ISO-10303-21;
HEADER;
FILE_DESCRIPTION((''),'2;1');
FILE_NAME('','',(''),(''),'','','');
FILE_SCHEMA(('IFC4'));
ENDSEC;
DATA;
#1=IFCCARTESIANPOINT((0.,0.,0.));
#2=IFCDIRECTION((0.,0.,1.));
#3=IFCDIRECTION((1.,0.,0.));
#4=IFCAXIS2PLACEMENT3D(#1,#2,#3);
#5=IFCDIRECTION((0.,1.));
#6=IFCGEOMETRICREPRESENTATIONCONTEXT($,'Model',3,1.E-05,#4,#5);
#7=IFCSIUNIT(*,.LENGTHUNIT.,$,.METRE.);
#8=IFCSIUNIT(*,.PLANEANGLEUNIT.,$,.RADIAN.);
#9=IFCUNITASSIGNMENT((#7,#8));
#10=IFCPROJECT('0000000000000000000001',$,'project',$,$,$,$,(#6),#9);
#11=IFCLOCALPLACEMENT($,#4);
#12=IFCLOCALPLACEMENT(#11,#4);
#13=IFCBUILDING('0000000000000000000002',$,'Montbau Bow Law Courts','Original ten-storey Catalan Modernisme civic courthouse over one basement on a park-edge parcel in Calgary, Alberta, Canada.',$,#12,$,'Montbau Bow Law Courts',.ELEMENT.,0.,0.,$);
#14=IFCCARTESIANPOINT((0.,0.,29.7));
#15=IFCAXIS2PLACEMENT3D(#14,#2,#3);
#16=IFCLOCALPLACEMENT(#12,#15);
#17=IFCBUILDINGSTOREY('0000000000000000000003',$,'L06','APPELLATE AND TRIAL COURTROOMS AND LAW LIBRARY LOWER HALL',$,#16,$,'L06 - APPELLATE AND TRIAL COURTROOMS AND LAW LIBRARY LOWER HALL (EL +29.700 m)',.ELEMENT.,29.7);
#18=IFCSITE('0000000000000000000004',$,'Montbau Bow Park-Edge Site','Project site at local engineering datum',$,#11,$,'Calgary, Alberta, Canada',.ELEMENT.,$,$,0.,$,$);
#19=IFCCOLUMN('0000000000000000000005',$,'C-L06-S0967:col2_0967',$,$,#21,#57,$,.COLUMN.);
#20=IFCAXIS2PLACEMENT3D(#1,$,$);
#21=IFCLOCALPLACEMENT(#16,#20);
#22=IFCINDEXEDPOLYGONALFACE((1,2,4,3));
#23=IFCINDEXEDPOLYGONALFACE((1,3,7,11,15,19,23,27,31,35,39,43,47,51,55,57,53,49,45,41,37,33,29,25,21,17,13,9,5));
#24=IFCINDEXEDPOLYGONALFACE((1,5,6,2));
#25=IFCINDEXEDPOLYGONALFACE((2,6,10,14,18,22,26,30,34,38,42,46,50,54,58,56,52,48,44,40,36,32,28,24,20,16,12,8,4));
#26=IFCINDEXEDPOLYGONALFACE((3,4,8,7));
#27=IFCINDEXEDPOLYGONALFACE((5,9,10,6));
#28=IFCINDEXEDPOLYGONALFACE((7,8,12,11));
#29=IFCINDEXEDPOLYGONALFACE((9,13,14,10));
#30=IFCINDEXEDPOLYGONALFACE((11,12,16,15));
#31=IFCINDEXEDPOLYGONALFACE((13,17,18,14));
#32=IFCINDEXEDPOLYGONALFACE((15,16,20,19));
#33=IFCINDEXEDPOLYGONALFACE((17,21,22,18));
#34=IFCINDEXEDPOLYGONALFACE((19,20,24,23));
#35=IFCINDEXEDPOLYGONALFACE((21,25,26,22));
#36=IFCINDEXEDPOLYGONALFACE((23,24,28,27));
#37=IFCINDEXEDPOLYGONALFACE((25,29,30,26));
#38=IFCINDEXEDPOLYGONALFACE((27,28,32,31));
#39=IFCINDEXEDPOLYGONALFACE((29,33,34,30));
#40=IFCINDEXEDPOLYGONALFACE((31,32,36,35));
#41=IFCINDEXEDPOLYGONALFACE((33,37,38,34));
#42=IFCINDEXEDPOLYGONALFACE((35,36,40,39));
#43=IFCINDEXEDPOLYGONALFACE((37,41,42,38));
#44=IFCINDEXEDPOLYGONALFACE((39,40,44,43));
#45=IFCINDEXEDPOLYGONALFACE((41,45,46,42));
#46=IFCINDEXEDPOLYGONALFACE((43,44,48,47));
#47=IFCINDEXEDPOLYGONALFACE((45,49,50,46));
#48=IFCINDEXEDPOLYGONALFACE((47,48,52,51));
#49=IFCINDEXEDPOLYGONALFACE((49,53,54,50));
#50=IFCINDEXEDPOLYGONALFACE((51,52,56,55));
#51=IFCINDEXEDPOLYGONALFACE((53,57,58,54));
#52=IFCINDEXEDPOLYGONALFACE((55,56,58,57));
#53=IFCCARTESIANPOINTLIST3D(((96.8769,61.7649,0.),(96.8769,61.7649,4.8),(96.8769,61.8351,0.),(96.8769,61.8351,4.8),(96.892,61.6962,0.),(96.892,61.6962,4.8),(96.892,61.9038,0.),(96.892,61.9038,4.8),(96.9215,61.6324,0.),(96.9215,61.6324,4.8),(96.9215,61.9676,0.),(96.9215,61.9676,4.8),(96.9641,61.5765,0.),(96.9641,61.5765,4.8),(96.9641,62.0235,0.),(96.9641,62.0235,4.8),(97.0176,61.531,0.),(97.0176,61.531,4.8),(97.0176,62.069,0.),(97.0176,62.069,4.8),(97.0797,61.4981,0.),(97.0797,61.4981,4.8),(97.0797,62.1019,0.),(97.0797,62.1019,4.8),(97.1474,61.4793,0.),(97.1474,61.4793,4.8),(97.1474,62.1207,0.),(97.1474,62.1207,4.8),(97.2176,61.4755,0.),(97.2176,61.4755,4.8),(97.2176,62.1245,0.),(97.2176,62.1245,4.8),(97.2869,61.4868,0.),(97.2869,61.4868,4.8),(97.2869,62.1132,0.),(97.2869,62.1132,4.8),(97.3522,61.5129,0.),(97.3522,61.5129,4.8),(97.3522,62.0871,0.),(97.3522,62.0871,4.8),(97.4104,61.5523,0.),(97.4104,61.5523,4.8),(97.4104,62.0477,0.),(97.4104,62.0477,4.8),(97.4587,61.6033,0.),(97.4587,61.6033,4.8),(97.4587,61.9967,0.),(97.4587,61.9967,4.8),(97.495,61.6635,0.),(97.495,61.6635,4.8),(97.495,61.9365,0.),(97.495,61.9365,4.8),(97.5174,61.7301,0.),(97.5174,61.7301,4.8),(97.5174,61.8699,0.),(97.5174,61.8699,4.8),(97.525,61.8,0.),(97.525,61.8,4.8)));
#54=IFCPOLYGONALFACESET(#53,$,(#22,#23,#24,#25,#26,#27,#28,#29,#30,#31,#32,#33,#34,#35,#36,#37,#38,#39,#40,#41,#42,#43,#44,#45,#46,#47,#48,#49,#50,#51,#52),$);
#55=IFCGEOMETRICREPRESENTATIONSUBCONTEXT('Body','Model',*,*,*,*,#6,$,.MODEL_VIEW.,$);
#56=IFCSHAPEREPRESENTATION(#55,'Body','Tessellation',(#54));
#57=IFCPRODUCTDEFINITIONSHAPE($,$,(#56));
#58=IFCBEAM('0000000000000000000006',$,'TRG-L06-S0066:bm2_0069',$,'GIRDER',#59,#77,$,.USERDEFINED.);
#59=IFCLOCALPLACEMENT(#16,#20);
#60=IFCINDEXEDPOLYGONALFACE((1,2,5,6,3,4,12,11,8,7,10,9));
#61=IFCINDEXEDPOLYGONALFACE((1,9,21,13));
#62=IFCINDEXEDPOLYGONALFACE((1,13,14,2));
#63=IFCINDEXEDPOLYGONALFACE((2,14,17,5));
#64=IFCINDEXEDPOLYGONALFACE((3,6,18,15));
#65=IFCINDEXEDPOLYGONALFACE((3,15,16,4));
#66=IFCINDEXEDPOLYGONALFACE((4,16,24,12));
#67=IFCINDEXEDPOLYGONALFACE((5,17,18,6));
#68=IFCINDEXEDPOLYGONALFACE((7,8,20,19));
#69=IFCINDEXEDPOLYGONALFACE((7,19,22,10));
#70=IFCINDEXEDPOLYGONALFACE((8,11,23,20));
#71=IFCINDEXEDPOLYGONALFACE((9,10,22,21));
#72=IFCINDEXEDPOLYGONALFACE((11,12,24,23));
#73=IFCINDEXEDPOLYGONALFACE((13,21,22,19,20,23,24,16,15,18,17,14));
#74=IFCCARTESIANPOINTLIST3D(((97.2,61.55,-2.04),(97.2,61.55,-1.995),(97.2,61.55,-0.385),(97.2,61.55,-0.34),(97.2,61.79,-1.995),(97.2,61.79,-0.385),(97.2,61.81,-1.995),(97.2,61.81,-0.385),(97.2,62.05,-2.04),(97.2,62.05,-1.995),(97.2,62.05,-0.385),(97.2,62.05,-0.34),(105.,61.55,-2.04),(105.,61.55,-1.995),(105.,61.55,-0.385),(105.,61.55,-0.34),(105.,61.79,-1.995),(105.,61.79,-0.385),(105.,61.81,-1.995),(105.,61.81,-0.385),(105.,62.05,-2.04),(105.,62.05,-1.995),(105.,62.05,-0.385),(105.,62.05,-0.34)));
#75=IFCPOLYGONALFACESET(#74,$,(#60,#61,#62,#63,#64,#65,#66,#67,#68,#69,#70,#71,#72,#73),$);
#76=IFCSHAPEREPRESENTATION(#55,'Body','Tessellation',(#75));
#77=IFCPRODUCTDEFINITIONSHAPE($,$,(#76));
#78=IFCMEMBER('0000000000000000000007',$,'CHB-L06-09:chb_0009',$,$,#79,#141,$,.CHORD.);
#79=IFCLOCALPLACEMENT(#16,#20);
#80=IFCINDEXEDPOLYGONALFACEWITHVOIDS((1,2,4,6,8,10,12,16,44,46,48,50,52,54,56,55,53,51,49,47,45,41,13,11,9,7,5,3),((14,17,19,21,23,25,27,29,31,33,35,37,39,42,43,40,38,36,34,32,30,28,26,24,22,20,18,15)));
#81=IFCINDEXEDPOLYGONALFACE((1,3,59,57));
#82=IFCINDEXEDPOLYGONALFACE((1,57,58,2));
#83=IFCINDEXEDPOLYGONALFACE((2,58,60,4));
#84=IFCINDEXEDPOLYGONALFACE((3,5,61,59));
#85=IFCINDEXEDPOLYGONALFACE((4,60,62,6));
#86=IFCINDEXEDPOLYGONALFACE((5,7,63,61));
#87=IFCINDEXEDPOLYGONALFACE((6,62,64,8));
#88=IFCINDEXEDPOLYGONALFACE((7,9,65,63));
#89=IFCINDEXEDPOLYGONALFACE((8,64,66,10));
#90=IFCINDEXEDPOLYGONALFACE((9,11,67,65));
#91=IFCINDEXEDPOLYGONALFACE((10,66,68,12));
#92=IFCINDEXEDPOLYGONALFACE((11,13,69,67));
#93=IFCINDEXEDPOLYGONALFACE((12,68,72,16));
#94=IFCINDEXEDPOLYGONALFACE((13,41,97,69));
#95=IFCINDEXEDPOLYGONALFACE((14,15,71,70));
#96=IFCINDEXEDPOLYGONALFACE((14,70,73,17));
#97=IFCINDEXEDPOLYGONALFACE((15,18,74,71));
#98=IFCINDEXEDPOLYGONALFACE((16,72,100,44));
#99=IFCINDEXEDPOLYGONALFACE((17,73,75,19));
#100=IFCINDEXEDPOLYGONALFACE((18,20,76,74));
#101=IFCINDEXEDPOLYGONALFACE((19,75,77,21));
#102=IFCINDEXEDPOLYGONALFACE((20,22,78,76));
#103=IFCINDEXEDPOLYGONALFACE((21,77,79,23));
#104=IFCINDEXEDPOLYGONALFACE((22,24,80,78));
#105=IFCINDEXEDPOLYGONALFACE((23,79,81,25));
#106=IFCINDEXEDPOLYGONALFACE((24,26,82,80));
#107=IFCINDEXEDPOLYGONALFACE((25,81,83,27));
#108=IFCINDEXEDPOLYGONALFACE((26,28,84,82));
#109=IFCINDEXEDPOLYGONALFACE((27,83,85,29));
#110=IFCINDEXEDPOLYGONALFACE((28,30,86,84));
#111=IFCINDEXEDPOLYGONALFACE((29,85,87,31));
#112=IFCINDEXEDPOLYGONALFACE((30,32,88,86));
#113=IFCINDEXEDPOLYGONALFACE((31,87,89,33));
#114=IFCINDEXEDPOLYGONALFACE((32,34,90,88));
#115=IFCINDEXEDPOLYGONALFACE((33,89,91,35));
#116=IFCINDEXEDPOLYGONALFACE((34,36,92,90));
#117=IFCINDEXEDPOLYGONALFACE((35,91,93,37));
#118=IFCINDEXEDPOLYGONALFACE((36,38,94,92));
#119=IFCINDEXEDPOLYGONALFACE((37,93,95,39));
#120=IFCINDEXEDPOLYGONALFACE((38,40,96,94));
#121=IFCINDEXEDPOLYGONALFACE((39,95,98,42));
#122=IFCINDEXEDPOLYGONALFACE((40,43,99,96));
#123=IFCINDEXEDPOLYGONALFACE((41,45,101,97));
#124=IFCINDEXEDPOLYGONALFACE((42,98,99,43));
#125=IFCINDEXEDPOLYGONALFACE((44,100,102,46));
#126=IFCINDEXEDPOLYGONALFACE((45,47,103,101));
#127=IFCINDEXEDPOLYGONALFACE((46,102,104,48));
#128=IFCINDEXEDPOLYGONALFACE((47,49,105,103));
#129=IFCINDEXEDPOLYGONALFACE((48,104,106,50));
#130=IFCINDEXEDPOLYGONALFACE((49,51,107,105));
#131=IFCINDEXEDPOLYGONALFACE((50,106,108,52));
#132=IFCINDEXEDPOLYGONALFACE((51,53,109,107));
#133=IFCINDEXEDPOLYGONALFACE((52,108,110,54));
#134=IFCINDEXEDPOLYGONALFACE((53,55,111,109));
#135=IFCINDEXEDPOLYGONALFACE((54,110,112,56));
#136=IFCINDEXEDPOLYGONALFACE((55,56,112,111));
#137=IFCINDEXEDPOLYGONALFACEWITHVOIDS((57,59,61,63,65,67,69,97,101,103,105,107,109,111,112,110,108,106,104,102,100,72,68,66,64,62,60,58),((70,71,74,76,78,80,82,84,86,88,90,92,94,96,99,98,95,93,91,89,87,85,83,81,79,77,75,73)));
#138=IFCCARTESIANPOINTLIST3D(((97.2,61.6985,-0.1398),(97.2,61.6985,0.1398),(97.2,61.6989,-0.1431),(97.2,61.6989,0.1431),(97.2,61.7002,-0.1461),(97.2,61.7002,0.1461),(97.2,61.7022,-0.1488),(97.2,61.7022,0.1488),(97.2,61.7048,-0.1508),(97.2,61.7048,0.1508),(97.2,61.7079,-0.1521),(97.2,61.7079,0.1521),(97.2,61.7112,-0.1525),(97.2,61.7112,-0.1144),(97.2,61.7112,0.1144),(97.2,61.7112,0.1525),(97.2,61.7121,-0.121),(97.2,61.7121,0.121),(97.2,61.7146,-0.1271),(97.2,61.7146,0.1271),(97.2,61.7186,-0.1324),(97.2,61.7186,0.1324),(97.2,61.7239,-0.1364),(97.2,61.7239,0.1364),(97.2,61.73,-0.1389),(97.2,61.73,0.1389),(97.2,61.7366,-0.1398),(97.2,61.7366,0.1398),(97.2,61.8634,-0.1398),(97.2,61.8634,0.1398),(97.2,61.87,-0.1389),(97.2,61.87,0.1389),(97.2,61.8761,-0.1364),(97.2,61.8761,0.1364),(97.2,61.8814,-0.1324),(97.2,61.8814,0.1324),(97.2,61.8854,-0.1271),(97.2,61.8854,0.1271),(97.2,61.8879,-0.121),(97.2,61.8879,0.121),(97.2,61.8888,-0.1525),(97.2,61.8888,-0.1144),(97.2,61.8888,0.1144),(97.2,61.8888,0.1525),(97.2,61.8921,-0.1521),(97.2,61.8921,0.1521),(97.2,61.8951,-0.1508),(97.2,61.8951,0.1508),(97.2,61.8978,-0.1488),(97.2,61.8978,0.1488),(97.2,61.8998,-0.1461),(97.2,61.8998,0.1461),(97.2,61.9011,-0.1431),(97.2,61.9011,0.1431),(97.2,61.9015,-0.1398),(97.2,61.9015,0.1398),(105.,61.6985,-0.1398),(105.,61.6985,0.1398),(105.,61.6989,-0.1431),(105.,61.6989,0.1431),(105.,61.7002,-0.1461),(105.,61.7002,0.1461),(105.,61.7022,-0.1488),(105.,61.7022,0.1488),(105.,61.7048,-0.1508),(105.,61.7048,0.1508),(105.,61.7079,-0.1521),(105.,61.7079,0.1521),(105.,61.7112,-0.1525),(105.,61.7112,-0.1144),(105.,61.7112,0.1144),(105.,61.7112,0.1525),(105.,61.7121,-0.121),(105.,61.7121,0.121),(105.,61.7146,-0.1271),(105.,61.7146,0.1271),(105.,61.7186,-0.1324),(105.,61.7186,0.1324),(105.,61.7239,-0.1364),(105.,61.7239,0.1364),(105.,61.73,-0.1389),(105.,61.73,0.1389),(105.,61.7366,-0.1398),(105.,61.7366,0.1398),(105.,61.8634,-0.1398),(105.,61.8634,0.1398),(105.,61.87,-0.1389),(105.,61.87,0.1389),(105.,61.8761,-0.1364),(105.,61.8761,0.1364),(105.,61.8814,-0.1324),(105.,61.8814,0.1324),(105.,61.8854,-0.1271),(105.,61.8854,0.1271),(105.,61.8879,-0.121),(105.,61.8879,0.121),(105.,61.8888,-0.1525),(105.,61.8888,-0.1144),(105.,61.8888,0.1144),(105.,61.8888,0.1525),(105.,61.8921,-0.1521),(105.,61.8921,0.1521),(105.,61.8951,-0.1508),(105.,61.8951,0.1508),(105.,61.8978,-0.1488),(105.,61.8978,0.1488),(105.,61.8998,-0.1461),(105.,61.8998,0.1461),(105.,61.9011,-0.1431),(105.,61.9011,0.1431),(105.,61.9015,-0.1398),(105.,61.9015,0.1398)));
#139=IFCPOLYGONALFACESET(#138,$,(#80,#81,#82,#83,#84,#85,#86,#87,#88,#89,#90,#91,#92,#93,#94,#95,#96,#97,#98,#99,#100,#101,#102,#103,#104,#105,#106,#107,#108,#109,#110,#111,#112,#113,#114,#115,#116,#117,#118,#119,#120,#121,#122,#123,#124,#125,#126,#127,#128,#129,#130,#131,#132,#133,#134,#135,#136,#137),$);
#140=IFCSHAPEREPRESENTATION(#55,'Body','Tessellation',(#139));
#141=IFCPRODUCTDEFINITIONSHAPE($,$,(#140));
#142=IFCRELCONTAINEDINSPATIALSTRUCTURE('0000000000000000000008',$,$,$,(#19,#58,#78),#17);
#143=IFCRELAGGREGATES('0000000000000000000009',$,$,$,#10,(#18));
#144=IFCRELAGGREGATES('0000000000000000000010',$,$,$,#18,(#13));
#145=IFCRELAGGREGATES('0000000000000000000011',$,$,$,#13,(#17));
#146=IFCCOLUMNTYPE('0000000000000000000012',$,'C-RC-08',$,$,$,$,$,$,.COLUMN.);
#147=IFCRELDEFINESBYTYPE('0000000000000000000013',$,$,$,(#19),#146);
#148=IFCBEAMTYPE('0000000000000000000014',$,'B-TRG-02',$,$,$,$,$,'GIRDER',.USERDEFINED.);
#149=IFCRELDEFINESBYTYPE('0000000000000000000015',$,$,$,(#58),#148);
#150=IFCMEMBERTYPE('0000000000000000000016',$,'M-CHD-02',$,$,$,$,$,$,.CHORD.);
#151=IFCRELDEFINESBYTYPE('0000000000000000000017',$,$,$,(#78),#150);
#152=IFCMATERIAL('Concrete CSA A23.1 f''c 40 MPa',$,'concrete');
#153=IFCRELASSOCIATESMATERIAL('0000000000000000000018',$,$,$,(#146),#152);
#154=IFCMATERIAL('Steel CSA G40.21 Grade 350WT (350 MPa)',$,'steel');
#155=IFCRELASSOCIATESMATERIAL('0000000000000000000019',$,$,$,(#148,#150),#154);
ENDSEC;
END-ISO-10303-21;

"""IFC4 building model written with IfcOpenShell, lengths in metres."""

from ifc_helpers import new_model, si_unit, direction, frame, origin_with_axes, origin_2d_with_axis, place, context, subcontext, project, spatial, hollow_rectangle, circle, i_section, extrude, material, material_profile, profile_set, type_object, element, save


model = new_model("IFC4")

# Units and contexts
model_context = context("Model", 3, precision=1e-05, world=origin_with_axes(), true_north=direction((0.0, 1.0)))
body_context = subcontext(model_context, "Body", "Model", "MODEL_VIEW")
ifc_project = project(units=[si_unit("LENGTHUNIT", "METRE"), si_unit("PLANEANGLEUNIT", "RADIAN")], contexts=[model_context])

# Site, building, storey
site_placement = place(None, origin_with_axes())
site = spatial("IfcSite", under=ifc_project, at=site_placement, Name="Montbau Bow Park-Edge Site", Description="Project site at local engineering datum", LongName="Calgary, Alberta, Canada", CompositionType="ELEMENT", RefElevation=0.0)
building_placement = place(site_placement, origin_with_axes())
building = spatial("IfcBuilding", under=site, at=building_placement, Name="Montbau Bow Law Courts", Description="Original ten-storey Catalan Modernisme civic courthouse over one basement on a park-edge parcel in Calgary, Alberta, Canada.", LongName="Montbau Bow Law Courts", CompositionType="ELEMENT", ElevationOfRefHeight=0.0, ElevationOfTerrain=0.0)
storey_placement = place(building_placement, frame((0.0, 0.0, 29.7), z_axis=(0.0, 0.0, 1.0), x_axis=(1.0, 0.0, 0.0)))
storey = spatial("IfcBuildingStorey", under=building, at=storey_placement, Name="L06", Description="APPELLATE AND TRIAL COURTROOMS AND LAW LIBRARY LOWER HALL", LongName="L06 - APPELLATE AND TRIAL COURTROOMS AND LAW LIBRARY LOWER HALL (EL +29.700 m)", CompositionType="ELEMENT", Elevation=29.7)

# Column
ifc_material_1 = material(Name="Concrete CSA A23.1 f'c 40 MPa", Category="concrete")
ifc_material_profile_1 = material_profile(ifc_material_1, circle(Radius=0.325, at=origin_2d_with_axis()), Name="RC650D", Category="Main", Priority=0)
ifc_profile_set_1 = profile_set([ifc_material_profile_1], Name="Concrete CSA A23.1 f'c 40 MPa")
column_type = type_object("IfcColumnType", Name="C-RC-08", PredefinedType="COLUMN", material=ifc_profile_set_1)
column_placement = place(None, frame((97.2, 61.8, 29.7), z_axis=(0.0, 0.0, 1.0), x_axis=(1.0, 0.0, 0.0)))
element("IfcColumn", 1, at=column_placement, inside=storey, type_object=column_type, Name="C-L06-S0967:col2_0967", PredefinedType="COLUMN", context=body_context, shape_type="SweptSolid", body=[
    extrude(circle(Radius=0.325, at=origin_2d_with_axis()), origin_with_axes(), (0.0, 0.0, 1.0), 4.8),
])

# Beam
ifc_material_2 = material(Name="Steel CSA G40.21 Grade 350WT (350 MPa)", Category="steel")
ifc_material_profile_2 = material_profile(ifc_material_2, i_section(OverallWidth=0.5, OverallDepth=1.7, WebThickness=0.02, FlangeThickness=0.045, at=origin_2d_with_axis()), Name="WWF1700X480", Category="Main", Priority=0)
ifc_profile_set_2 = profile_set([ifc_material_profile_2], Name="Steel CSA G40.21 Grade 350WT (350 MPa)")
beam_type = type_object("IfcBeamType", Name="B-TRG-02", ElementType="GIRDER", PredefinedType="USERDEFINED", material=ifc_profile_set_2)
beam_placement = place(None, frame((97.2, 61.8, 28.51), z_axis=(1.0, 0.0, 0.0), x_axis=(0.0, 1.0, 0.0)))
element("IfcBeam", 2, at=beam_placement, inside=storey, type_object=beam_type, Name="TRG-L06-S0066:bm2_0069", ObjectType="GIRDER", PredefinedType="USERDEFINED", context=body_context, shape_type="SweptSolid", body=[
    extrude(i_section(OverallWidth=0.5, OverallDepth=1.7, WebThickness=0.02, FlangeThickness=0.045, at=origin_2d_with_axis()), origin_with_axes(), (0.0, 0.0, 1.0), 7.8),
])

# Member
ifc_material_profile_3 = material_profile(ifc_material_2, hollow_rectangle(XDim=0.203, YDim=0.305, WallThickness=0.0127, InnerFilletRadius=0.0254, OuterFilletRadius=0.0127, at=origin_2d_with_axis()), Name="HSS305X203X13", Category="Main", Priority=0)
ifc_profile_set_3 = profile_set([ifc_material_profile_3], Name="Steel CSA G40.21 Grade 350WT (350 MPa)")
member_type_1 = type_object("IfcMemberType", Name="M-CHD-02", PredefinedType="CHORD", material=ifc_profile_set_3)
for number, where, z_axis, x_axis, name in (
    (3, (97.2, 61.8, 29.7), (1.0, 0.0, 0.0), (0.0, 1.0, 0.0), "CHB-L06-09:chb_0009"),
):
    element("IfcMember", number, at=place(None, frame(where, z_axis=z_axis, x_axis=x_axis)), inside=storey, type_object=member_type_1, Name=name, PredefinedType="CHORD", context=body_context, shape_type="SweptSolid", body=[
        extrude(hollow_rectangle(XDim=0.203, YDim=0.305, WallThickness=0.0127, InnerFilletRadius=0.0254, OuterFilletRadius=0.0127, at=origin_2d_with_axis()), origin_with_axes(), (0.0, 0.0, 1.0), 7.8),
    ])

save(model, "model.ifc")
